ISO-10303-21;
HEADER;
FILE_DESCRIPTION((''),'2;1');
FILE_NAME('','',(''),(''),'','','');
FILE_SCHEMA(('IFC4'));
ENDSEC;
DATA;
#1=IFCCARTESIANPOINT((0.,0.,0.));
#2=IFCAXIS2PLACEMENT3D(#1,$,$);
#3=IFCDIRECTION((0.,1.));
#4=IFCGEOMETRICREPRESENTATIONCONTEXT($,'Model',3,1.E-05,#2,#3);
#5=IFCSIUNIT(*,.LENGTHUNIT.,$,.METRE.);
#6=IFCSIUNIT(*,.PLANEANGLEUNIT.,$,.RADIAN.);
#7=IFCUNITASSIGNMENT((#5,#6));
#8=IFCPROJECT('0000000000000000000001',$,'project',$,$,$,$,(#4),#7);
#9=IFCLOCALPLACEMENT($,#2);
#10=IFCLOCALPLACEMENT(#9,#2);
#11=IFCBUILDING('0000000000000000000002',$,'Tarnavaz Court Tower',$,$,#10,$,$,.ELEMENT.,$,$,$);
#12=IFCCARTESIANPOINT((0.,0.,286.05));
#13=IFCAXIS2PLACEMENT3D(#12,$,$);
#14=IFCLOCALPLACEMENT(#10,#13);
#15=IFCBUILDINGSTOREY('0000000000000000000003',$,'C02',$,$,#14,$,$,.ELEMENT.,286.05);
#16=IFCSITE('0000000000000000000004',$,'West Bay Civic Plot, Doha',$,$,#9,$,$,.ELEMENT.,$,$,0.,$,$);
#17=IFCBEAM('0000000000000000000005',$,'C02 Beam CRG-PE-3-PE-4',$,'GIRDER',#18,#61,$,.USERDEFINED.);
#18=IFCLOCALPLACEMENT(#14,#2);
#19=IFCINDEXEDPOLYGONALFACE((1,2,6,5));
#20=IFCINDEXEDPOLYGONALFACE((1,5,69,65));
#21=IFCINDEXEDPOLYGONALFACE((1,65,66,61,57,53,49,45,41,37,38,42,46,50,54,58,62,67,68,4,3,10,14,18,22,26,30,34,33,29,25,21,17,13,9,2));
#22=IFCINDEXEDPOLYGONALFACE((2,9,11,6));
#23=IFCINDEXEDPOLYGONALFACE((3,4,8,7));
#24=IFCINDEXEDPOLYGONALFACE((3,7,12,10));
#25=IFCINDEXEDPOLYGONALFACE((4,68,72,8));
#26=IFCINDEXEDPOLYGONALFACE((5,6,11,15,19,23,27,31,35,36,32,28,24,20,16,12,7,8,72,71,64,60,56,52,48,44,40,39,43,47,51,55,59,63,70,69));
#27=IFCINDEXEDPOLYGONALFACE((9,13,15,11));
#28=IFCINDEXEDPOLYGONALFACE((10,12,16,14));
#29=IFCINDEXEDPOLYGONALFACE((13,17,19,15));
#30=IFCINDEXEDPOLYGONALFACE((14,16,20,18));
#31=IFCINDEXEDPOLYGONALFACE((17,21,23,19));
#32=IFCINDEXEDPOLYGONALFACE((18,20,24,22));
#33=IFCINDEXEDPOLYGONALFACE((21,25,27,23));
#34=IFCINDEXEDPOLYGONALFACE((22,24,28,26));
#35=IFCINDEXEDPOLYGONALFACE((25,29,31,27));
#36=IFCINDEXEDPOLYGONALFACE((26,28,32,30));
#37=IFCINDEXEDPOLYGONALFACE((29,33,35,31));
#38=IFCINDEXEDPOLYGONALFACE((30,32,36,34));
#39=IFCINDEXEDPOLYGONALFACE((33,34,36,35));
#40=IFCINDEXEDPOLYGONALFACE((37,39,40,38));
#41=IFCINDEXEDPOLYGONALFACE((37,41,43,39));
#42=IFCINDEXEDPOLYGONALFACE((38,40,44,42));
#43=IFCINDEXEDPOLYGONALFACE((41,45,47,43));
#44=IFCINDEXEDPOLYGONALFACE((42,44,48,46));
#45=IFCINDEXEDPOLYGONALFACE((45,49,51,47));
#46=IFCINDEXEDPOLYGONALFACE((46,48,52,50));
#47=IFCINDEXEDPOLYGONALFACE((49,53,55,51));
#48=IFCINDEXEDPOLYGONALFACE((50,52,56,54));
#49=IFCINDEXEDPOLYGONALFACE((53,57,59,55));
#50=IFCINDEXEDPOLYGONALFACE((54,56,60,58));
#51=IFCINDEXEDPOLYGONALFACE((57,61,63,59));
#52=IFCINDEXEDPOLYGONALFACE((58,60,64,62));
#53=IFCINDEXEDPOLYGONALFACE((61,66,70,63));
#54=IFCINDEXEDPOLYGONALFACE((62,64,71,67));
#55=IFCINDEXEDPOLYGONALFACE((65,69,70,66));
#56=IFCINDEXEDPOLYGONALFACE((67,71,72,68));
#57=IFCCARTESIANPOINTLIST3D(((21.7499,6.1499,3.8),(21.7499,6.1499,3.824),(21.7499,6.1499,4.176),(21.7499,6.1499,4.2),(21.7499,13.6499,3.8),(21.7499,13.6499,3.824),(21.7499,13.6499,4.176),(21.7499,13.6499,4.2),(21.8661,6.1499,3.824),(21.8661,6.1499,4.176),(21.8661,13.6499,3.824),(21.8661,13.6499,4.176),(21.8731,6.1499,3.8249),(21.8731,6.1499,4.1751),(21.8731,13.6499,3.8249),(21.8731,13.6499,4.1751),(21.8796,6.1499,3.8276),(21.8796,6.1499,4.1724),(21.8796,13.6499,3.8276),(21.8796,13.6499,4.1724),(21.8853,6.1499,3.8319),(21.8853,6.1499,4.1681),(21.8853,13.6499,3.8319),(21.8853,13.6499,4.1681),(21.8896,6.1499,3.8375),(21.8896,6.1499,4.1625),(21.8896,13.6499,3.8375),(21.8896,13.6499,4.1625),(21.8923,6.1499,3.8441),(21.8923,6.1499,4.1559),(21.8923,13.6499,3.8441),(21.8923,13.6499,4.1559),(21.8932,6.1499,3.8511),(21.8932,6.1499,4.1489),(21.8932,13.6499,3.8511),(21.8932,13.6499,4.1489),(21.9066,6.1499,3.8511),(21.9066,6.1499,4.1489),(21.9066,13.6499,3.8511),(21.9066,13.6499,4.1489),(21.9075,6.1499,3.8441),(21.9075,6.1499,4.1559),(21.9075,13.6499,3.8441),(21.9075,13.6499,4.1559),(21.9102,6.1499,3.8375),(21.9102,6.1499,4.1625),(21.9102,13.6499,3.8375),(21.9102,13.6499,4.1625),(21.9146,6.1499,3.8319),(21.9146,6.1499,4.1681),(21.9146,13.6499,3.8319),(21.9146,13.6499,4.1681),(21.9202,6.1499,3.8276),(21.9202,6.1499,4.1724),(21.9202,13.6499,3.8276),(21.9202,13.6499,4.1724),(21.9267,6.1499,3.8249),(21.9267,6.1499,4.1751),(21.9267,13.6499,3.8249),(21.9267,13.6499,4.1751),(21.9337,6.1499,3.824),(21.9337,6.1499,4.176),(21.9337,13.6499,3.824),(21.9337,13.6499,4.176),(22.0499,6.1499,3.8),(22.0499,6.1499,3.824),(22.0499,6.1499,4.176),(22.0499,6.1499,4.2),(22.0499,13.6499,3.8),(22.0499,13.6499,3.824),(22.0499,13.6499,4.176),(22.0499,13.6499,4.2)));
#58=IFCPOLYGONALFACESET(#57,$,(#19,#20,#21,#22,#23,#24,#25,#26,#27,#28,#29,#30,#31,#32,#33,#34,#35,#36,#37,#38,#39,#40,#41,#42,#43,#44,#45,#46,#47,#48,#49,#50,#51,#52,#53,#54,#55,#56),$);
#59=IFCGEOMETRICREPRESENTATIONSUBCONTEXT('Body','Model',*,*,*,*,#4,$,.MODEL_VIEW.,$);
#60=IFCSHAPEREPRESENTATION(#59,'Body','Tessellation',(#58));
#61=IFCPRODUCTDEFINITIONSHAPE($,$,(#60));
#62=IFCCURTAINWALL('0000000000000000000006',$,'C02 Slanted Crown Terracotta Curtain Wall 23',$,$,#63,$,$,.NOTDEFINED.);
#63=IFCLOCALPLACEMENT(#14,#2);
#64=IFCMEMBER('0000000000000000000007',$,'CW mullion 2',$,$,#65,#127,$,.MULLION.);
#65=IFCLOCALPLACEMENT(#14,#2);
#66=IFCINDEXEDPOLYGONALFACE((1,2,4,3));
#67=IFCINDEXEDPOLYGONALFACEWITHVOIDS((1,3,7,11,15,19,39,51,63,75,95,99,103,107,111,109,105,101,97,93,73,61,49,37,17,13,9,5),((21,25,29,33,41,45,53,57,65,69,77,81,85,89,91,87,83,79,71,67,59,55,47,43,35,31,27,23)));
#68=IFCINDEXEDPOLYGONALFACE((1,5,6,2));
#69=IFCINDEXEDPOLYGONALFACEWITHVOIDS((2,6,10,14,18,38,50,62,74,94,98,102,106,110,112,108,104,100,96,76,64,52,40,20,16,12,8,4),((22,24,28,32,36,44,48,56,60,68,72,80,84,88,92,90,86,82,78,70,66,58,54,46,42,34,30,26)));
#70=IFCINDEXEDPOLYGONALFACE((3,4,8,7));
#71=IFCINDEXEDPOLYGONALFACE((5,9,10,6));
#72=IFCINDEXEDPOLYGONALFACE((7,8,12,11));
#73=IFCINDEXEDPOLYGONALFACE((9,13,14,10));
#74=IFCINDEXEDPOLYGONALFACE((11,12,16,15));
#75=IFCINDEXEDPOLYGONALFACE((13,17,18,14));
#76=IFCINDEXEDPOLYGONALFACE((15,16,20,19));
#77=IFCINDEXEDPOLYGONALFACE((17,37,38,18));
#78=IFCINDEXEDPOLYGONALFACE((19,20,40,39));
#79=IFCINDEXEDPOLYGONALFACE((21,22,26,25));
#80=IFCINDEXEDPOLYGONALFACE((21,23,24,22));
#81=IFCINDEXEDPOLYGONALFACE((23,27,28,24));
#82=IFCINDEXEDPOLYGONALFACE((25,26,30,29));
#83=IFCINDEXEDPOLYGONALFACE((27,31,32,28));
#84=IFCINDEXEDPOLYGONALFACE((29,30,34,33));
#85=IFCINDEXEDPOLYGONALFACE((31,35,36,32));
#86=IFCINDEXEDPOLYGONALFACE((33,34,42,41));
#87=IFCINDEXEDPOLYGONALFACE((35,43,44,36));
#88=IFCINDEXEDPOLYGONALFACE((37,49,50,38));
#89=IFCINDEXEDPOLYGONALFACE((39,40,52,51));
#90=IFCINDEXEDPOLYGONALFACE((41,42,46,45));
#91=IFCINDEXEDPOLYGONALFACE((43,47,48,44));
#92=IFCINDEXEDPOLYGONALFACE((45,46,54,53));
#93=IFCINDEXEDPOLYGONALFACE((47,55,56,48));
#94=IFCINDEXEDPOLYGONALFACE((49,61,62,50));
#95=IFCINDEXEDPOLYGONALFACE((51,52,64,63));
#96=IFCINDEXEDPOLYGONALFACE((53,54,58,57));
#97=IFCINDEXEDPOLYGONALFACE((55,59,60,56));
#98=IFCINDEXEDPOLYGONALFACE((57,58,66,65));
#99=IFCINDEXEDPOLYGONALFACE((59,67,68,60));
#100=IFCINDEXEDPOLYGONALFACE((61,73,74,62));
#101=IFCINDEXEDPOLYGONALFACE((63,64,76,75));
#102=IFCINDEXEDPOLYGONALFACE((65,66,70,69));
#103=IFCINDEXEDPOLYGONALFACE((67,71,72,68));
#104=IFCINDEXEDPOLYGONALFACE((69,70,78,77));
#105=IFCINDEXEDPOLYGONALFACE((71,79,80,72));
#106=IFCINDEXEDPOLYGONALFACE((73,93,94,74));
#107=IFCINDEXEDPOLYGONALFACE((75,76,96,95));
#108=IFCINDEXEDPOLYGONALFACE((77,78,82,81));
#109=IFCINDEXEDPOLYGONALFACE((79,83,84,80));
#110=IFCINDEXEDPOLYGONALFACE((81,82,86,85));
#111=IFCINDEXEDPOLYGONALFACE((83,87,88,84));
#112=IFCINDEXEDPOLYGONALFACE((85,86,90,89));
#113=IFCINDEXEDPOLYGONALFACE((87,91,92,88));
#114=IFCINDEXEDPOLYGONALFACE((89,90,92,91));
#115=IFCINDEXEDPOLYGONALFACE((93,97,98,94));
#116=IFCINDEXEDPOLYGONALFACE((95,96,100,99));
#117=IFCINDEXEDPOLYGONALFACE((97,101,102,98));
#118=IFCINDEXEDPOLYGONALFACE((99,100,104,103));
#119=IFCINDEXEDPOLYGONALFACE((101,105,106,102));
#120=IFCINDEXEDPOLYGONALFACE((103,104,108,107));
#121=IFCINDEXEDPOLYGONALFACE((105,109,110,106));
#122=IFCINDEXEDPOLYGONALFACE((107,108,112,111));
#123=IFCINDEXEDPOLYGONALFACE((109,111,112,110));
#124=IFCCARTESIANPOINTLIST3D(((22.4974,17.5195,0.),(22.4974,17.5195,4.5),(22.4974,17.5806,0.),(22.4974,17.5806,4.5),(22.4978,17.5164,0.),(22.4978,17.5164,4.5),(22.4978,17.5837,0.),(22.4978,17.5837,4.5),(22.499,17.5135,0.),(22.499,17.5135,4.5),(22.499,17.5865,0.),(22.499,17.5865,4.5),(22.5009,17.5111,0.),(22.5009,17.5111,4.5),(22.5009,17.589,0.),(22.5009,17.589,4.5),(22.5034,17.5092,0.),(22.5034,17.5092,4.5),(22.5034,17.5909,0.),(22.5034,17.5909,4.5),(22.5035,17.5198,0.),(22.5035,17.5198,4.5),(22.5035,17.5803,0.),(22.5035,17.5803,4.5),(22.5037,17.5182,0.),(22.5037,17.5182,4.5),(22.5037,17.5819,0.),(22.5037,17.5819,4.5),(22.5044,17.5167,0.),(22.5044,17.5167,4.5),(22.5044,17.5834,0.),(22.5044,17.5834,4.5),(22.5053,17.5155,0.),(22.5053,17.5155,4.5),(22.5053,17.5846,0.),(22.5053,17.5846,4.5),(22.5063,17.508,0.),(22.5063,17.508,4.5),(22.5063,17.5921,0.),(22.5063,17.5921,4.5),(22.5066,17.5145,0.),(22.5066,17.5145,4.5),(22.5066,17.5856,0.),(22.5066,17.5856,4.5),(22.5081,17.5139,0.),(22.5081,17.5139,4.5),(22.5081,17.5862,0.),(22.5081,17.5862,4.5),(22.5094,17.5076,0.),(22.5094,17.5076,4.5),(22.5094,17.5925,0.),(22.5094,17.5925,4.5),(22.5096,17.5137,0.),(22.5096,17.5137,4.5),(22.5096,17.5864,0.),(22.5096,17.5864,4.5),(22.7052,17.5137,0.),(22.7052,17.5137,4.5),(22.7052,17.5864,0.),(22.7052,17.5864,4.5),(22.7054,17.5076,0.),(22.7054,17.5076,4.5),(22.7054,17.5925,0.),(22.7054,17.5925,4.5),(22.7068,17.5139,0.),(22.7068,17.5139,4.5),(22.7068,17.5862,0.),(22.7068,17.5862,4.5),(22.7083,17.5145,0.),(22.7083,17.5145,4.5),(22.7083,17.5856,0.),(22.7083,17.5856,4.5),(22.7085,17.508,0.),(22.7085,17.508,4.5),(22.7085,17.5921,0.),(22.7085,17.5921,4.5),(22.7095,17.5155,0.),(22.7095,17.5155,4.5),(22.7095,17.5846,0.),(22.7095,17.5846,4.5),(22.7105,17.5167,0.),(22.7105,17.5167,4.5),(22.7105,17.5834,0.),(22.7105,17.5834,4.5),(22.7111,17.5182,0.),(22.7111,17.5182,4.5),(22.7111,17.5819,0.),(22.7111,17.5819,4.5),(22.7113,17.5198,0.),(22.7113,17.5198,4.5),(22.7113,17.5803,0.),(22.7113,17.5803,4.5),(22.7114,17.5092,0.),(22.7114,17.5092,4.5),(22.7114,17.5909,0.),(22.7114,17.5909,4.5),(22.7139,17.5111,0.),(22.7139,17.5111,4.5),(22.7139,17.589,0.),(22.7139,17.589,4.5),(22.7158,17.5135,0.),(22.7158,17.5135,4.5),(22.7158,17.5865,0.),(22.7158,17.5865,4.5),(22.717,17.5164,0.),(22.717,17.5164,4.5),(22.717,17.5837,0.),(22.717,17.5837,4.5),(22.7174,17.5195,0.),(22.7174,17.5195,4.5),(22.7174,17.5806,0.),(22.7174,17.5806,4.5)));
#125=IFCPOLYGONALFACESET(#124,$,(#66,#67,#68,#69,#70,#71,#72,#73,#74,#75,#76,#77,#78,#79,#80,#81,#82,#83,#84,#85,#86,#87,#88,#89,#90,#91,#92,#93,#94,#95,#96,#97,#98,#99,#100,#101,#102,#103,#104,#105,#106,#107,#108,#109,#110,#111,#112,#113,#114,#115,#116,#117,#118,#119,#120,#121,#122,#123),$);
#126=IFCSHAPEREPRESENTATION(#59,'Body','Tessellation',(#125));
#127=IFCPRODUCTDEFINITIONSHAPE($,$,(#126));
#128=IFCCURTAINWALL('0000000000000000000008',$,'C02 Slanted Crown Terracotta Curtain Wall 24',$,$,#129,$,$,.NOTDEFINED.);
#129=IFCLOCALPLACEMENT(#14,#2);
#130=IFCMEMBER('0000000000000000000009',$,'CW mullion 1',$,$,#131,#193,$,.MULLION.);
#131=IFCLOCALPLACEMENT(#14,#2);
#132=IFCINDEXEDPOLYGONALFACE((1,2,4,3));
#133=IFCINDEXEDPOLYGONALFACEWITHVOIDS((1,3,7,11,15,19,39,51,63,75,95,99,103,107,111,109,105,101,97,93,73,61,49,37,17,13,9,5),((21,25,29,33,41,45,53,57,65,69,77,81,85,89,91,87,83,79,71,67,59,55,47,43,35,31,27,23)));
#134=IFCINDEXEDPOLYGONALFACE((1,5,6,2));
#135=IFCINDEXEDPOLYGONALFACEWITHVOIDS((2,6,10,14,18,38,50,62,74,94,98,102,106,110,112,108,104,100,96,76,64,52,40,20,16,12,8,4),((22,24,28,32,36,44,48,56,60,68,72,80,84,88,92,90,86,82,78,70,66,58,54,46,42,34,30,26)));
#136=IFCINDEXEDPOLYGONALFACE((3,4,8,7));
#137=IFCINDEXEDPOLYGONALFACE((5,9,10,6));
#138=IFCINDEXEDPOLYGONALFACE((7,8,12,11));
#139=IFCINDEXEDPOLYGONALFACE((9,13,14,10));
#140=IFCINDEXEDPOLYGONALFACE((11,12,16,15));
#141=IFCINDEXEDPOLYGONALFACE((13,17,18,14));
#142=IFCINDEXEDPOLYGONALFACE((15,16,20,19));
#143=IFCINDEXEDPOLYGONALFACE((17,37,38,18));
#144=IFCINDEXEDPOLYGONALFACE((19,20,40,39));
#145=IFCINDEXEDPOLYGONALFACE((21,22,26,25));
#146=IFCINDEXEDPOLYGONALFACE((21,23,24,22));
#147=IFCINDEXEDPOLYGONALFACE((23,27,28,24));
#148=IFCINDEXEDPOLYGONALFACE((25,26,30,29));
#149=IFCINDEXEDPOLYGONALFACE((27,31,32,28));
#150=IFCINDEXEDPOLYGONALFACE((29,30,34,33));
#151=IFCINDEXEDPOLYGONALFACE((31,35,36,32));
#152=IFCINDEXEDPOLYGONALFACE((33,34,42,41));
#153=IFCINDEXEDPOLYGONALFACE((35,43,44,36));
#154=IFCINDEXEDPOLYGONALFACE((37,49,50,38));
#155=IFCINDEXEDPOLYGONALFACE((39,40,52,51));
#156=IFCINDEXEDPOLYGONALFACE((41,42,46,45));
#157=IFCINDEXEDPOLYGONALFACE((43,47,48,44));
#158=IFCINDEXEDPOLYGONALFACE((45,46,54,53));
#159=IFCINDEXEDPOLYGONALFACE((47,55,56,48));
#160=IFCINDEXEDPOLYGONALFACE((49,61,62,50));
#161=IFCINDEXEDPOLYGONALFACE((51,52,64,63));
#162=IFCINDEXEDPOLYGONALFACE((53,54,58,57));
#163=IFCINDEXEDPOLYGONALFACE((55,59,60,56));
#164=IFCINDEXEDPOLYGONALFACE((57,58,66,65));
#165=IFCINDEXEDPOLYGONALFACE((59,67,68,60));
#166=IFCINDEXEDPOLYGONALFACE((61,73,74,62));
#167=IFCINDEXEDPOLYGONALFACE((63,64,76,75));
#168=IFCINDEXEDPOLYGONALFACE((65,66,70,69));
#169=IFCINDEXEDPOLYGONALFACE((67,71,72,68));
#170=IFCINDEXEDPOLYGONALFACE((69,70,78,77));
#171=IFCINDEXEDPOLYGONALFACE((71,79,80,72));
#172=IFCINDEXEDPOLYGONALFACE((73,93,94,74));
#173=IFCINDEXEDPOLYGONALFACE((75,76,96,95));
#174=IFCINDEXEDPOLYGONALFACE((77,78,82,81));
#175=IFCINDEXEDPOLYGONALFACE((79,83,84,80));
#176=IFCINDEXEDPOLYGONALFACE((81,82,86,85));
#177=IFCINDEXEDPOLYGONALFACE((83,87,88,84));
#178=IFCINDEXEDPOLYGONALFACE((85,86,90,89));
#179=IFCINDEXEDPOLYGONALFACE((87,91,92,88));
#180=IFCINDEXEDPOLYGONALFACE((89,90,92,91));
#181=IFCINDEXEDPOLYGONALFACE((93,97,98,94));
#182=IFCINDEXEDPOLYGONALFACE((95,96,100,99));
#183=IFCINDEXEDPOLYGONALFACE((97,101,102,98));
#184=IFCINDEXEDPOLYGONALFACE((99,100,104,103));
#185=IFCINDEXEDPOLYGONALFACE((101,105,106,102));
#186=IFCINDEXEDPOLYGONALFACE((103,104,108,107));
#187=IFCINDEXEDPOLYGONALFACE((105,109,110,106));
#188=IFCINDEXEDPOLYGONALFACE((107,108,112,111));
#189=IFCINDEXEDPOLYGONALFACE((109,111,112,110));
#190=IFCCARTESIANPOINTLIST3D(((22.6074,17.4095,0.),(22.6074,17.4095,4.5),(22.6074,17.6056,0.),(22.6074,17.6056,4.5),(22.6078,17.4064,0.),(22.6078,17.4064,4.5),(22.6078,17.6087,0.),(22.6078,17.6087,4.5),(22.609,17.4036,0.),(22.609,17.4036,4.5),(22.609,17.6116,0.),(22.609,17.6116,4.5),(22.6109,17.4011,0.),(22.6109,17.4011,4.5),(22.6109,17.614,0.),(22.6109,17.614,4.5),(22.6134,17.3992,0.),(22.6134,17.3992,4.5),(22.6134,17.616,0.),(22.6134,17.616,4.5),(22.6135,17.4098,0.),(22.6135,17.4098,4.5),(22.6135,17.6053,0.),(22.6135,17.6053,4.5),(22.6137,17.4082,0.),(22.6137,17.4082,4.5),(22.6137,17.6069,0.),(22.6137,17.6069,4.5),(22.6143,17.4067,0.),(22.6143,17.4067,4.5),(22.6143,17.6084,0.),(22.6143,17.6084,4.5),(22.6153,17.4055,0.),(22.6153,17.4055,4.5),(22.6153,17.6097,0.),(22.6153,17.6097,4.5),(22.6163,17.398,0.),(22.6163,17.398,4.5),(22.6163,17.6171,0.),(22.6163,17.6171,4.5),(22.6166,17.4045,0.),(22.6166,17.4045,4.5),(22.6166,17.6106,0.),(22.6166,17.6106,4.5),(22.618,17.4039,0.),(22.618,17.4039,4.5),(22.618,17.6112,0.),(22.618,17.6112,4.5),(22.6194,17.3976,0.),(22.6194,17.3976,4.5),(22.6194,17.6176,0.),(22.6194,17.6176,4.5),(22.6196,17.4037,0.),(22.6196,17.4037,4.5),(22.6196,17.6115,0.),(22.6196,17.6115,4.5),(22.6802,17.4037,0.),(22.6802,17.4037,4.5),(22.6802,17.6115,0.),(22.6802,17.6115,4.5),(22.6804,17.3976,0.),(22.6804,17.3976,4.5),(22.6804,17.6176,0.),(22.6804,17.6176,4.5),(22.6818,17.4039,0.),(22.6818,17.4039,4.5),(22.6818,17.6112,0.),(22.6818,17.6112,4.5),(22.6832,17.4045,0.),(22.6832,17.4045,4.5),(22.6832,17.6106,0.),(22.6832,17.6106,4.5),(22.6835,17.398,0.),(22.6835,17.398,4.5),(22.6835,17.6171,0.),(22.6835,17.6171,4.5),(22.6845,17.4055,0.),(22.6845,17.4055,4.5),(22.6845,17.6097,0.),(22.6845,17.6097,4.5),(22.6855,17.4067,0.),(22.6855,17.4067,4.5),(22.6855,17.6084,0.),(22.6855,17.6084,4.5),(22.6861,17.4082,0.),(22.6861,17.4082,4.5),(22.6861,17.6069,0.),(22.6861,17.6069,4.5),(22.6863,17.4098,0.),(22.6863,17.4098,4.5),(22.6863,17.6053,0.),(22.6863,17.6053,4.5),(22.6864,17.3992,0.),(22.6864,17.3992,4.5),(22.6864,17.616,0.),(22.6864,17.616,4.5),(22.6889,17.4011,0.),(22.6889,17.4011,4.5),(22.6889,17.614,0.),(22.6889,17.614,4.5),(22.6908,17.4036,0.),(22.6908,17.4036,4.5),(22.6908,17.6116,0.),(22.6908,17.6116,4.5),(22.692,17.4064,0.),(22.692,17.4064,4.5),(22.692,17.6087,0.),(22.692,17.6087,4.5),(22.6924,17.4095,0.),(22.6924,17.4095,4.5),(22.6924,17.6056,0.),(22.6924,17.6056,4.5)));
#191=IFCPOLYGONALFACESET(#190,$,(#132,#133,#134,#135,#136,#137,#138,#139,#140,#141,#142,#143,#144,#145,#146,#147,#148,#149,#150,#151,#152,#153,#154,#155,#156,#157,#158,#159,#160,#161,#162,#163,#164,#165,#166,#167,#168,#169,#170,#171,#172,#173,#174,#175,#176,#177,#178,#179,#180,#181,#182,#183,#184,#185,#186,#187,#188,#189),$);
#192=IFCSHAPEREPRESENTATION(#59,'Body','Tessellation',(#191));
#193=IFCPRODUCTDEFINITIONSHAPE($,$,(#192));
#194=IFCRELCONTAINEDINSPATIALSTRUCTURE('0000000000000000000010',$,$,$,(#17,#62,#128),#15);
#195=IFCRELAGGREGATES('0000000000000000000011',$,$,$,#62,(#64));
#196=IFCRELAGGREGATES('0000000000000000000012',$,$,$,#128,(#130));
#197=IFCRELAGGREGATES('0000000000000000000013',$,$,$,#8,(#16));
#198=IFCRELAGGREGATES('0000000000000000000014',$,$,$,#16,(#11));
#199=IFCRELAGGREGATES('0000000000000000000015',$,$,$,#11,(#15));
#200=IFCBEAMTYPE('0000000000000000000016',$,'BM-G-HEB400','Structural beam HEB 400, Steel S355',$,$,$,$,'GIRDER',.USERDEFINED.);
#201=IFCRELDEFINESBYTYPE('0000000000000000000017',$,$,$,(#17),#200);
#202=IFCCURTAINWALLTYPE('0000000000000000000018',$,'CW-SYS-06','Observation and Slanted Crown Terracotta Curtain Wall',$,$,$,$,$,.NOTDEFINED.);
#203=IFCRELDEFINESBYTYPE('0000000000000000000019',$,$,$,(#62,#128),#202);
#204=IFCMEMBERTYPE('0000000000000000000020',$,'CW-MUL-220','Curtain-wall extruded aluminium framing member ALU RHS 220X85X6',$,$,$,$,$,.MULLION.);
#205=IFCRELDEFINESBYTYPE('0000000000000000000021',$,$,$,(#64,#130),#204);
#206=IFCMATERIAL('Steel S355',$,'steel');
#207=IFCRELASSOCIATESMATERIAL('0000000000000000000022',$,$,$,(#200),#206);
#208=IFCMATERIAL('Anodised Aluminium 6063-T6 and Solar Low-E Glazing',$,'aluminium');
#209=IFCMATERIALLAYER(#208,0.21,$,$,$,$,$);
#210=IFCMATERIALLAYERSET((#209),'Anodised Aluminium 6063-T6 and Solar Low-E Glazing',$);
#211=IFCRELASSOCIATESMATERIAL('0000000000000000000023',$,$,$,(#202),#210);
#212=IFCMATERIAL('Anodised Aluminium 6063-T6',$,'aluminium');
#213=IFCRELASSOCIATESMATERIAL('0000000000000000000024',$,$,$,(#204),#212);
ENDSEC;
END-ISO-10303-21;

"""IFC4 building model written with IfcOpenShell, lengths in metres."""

from ifc_helpers import new_model, si_unit, direction, frame, origin, origin_2d, place, context, subcontext, project, spatial, hollow_rectangle, i_section, extrude, material, layer, layer_set, material_profile, profile_set, type_object, element, aggregate, save


model = new_model("IFC4")

# Units and contexts
model_context = context("Model", 3, precision=1e-05, world=origin(), true_north=direction((0.0, 1.0)))
body_context = subcontext(model_context, "Body", "Model", "MODEL_VIEW")
ifc_project = project(units=[si_unit("LENGTHUNIT", "METRE"), si_unit("PLANEANGLEUNIT", "RADIAN")], contexts=[model_context])

# Site, building, storey
site_placement = place(None, origin())
site = spatial("IfcSite", under=ifc_project, at=site_placement, Name="West Bay Civic Plot, Doha", CompositionType="ELEMENT", RefElevation=0.0)
building_placement = place(site_placement, origin())
building = spatial("IfcBuilding", under=site, at=building_placement, Name="Tarnavaz Court Tower", CompositionType="ELEMENT")
storey_placement = place(building_placement, frame((0.0, 0.0, 286.05)))
storey = spatial("IfcBuildingStorey", under=building, at=storey_placement, Name="C02", CompositionType="ELEMENT", Elevation=286.05)

# Shared definitions
ifc_material_1 = material(Name="Steel S355", Category="steel")

# Beam
ifc_material_profile_1 = material_profile(ifc_material_1, i_section(OverallWidth=0.3, OverallDepth=0.3999, WebThickness=0.0134, FlangeThickness=0.0239, FilletRadius=0.0271, at=origin_2d()), Name="HEB 400")
ifc_profile_set_1 = profile_set([ifc_material_profile_1], Name="Steel S355")
beam_type = type_object("IfcBeamType", Name="BM-G-HEB400", Description="Structural beam HEB 400, Steel S355", ElementType="GIRDER", PredefinedType="USERDEFINED", material=ifc_profile_set_1)
beam_placement = place(storey_placement, frame((21.8999, 6.1499, 4.0), z_axis=(0.0, 1.0, 0.0), x_axis=(-1.0, 0.0, 0.0)))
element("IfcBeam", 1, at=beam_placement, inside=storey, type_object=beam_type, Name="C02 Beam CRG-PE-3-PE-4", ObjectType="GIRDER", PredefinedType="USERDEFINED", context=body_context, shape_type="SweptSolid", body=[
    extrude(i_section(OverallWidth=0.3, OverallDepth=0.3999, WebThickness=0.0134, FlangeThickness=0.0239, FilletRadius=0.0271, at=origin_2d()), origin(), (0.0, 0.0, 1.0), 7.5),
])

# Curtain wall, member
ifc_material_2 = material(Name="Anodised Aluminium 6063-T6 and Solar Low-E Glazing", Category="aluminium")
ifc_layer_1 = layer(ifc_material_2, 0.21)
ifc_layer_set_1 = layer_set([ifc_layer_1], Name="Anodised Aluminium 6063-T6 and Solar Low-E Glazing")
curtain_wall_type = type_object("IfcCurtainWallType", Name="CW-SYS-06", Description="Observation and Slanted Crown Terracotta Curtain Wall", PredefinedType="NOTDEFINED", material=ifc_layer_set_1)
curtain_wall_1_placement = place(storey_placement, origin())
curtain_wall_1 = element("IfcCurtainWall", 2, at=curtain_wall_1_placement, inside=storey, type_object=curtain_wall_type, Name="C02 Slanted Crown Terracotta Curtain Wall 23", PredefinedType="NOTDEFINED")
ifc_material_3 = material(Name="Anodised Aluminium 6063-T6", Category="aluminium")
ifc_material_profile_2 = material_profile(ifc_material_3, hollow_rectangle(XDim=0.085, YDim=0.22, WallThickness=0.0061, InnerFilletRadius=0.0061, OuterFilletRadius=0.012, at=origin_2d()), Name="ALU RHS 220X85X6")
ifc_profile_set_2 = profile_set([ifc_material_profile_2], Name="Anodised Aluminium 6063-T6")
member_type_1 = type_object("IfcMemberType", Name="CW-MUL-220", Description="Curtain-wall extruded aluminium framing member ALU RHS 220X85X6", PredefinedType="MULLION", material=ifc_profile_set_2)
member_1_placement = place(storey_placement, frame((22.6074, 17.55, 0.0), z_axis=(0.0, 0.0, 1.0), x_axis=(0.0, 1.0, 0.0)))
member_1 = element("IfcMember", 3, at=member_1_placement, type_object=member_type_1, Name="CW mullion 2", PredefinedType="MULLION", context=body_context, shape_type="SweptSolid", body=[
    extrude(hollow_rectangle(XDim=0.085, YDim=0.22, WallThickness=0.0061, InnerFilletRadius=0.0061, OuterFilletRadius=0.012, at=origin_2d()), origin(), (0.0, 0.0, 1.0), 4.5),
])

# Curtain wall, member
curtain_wall_2_placement = place(storey_placement, origin())
curtain_wall_2 = element("IfcCurtainWall", 4, at=curtain_wall_2_placement, inside=storey, type_object=curtain_wall_type, Name="C02 Slanted Crown Terracotta Curtain Wall 24", PredefinedType="NOTDEFINED")
member_2_placement = place(storey_placement, frame((22.6499, 17.5076, 0.0), z_axis=(0.0, 0.0, 1.0), x_axis=(1.0, 0.0, 0.0)))
member_2 = element("IfcMember", 5, at=member_2_placement, type_object=member_type_1, Name="CW mullion 1", PredefinedType="MULLION", context=body_context, shape_type="SweptSolid", body=[
    extrude(hollow_rectangle(XDim=0.085, YDim=0.22, WallThickness=0.0061, InnerFilletRadius=0.0061, OuterFilletRadius=0.012, at=origin_2d()), origin(), (0.0, 0.0, 1.0), 4.5),
])

aggregate(curtain_wall_1, [member_1])
aggregate(curtain_wall_2, [member_2])

save(model, "model.ifc")
